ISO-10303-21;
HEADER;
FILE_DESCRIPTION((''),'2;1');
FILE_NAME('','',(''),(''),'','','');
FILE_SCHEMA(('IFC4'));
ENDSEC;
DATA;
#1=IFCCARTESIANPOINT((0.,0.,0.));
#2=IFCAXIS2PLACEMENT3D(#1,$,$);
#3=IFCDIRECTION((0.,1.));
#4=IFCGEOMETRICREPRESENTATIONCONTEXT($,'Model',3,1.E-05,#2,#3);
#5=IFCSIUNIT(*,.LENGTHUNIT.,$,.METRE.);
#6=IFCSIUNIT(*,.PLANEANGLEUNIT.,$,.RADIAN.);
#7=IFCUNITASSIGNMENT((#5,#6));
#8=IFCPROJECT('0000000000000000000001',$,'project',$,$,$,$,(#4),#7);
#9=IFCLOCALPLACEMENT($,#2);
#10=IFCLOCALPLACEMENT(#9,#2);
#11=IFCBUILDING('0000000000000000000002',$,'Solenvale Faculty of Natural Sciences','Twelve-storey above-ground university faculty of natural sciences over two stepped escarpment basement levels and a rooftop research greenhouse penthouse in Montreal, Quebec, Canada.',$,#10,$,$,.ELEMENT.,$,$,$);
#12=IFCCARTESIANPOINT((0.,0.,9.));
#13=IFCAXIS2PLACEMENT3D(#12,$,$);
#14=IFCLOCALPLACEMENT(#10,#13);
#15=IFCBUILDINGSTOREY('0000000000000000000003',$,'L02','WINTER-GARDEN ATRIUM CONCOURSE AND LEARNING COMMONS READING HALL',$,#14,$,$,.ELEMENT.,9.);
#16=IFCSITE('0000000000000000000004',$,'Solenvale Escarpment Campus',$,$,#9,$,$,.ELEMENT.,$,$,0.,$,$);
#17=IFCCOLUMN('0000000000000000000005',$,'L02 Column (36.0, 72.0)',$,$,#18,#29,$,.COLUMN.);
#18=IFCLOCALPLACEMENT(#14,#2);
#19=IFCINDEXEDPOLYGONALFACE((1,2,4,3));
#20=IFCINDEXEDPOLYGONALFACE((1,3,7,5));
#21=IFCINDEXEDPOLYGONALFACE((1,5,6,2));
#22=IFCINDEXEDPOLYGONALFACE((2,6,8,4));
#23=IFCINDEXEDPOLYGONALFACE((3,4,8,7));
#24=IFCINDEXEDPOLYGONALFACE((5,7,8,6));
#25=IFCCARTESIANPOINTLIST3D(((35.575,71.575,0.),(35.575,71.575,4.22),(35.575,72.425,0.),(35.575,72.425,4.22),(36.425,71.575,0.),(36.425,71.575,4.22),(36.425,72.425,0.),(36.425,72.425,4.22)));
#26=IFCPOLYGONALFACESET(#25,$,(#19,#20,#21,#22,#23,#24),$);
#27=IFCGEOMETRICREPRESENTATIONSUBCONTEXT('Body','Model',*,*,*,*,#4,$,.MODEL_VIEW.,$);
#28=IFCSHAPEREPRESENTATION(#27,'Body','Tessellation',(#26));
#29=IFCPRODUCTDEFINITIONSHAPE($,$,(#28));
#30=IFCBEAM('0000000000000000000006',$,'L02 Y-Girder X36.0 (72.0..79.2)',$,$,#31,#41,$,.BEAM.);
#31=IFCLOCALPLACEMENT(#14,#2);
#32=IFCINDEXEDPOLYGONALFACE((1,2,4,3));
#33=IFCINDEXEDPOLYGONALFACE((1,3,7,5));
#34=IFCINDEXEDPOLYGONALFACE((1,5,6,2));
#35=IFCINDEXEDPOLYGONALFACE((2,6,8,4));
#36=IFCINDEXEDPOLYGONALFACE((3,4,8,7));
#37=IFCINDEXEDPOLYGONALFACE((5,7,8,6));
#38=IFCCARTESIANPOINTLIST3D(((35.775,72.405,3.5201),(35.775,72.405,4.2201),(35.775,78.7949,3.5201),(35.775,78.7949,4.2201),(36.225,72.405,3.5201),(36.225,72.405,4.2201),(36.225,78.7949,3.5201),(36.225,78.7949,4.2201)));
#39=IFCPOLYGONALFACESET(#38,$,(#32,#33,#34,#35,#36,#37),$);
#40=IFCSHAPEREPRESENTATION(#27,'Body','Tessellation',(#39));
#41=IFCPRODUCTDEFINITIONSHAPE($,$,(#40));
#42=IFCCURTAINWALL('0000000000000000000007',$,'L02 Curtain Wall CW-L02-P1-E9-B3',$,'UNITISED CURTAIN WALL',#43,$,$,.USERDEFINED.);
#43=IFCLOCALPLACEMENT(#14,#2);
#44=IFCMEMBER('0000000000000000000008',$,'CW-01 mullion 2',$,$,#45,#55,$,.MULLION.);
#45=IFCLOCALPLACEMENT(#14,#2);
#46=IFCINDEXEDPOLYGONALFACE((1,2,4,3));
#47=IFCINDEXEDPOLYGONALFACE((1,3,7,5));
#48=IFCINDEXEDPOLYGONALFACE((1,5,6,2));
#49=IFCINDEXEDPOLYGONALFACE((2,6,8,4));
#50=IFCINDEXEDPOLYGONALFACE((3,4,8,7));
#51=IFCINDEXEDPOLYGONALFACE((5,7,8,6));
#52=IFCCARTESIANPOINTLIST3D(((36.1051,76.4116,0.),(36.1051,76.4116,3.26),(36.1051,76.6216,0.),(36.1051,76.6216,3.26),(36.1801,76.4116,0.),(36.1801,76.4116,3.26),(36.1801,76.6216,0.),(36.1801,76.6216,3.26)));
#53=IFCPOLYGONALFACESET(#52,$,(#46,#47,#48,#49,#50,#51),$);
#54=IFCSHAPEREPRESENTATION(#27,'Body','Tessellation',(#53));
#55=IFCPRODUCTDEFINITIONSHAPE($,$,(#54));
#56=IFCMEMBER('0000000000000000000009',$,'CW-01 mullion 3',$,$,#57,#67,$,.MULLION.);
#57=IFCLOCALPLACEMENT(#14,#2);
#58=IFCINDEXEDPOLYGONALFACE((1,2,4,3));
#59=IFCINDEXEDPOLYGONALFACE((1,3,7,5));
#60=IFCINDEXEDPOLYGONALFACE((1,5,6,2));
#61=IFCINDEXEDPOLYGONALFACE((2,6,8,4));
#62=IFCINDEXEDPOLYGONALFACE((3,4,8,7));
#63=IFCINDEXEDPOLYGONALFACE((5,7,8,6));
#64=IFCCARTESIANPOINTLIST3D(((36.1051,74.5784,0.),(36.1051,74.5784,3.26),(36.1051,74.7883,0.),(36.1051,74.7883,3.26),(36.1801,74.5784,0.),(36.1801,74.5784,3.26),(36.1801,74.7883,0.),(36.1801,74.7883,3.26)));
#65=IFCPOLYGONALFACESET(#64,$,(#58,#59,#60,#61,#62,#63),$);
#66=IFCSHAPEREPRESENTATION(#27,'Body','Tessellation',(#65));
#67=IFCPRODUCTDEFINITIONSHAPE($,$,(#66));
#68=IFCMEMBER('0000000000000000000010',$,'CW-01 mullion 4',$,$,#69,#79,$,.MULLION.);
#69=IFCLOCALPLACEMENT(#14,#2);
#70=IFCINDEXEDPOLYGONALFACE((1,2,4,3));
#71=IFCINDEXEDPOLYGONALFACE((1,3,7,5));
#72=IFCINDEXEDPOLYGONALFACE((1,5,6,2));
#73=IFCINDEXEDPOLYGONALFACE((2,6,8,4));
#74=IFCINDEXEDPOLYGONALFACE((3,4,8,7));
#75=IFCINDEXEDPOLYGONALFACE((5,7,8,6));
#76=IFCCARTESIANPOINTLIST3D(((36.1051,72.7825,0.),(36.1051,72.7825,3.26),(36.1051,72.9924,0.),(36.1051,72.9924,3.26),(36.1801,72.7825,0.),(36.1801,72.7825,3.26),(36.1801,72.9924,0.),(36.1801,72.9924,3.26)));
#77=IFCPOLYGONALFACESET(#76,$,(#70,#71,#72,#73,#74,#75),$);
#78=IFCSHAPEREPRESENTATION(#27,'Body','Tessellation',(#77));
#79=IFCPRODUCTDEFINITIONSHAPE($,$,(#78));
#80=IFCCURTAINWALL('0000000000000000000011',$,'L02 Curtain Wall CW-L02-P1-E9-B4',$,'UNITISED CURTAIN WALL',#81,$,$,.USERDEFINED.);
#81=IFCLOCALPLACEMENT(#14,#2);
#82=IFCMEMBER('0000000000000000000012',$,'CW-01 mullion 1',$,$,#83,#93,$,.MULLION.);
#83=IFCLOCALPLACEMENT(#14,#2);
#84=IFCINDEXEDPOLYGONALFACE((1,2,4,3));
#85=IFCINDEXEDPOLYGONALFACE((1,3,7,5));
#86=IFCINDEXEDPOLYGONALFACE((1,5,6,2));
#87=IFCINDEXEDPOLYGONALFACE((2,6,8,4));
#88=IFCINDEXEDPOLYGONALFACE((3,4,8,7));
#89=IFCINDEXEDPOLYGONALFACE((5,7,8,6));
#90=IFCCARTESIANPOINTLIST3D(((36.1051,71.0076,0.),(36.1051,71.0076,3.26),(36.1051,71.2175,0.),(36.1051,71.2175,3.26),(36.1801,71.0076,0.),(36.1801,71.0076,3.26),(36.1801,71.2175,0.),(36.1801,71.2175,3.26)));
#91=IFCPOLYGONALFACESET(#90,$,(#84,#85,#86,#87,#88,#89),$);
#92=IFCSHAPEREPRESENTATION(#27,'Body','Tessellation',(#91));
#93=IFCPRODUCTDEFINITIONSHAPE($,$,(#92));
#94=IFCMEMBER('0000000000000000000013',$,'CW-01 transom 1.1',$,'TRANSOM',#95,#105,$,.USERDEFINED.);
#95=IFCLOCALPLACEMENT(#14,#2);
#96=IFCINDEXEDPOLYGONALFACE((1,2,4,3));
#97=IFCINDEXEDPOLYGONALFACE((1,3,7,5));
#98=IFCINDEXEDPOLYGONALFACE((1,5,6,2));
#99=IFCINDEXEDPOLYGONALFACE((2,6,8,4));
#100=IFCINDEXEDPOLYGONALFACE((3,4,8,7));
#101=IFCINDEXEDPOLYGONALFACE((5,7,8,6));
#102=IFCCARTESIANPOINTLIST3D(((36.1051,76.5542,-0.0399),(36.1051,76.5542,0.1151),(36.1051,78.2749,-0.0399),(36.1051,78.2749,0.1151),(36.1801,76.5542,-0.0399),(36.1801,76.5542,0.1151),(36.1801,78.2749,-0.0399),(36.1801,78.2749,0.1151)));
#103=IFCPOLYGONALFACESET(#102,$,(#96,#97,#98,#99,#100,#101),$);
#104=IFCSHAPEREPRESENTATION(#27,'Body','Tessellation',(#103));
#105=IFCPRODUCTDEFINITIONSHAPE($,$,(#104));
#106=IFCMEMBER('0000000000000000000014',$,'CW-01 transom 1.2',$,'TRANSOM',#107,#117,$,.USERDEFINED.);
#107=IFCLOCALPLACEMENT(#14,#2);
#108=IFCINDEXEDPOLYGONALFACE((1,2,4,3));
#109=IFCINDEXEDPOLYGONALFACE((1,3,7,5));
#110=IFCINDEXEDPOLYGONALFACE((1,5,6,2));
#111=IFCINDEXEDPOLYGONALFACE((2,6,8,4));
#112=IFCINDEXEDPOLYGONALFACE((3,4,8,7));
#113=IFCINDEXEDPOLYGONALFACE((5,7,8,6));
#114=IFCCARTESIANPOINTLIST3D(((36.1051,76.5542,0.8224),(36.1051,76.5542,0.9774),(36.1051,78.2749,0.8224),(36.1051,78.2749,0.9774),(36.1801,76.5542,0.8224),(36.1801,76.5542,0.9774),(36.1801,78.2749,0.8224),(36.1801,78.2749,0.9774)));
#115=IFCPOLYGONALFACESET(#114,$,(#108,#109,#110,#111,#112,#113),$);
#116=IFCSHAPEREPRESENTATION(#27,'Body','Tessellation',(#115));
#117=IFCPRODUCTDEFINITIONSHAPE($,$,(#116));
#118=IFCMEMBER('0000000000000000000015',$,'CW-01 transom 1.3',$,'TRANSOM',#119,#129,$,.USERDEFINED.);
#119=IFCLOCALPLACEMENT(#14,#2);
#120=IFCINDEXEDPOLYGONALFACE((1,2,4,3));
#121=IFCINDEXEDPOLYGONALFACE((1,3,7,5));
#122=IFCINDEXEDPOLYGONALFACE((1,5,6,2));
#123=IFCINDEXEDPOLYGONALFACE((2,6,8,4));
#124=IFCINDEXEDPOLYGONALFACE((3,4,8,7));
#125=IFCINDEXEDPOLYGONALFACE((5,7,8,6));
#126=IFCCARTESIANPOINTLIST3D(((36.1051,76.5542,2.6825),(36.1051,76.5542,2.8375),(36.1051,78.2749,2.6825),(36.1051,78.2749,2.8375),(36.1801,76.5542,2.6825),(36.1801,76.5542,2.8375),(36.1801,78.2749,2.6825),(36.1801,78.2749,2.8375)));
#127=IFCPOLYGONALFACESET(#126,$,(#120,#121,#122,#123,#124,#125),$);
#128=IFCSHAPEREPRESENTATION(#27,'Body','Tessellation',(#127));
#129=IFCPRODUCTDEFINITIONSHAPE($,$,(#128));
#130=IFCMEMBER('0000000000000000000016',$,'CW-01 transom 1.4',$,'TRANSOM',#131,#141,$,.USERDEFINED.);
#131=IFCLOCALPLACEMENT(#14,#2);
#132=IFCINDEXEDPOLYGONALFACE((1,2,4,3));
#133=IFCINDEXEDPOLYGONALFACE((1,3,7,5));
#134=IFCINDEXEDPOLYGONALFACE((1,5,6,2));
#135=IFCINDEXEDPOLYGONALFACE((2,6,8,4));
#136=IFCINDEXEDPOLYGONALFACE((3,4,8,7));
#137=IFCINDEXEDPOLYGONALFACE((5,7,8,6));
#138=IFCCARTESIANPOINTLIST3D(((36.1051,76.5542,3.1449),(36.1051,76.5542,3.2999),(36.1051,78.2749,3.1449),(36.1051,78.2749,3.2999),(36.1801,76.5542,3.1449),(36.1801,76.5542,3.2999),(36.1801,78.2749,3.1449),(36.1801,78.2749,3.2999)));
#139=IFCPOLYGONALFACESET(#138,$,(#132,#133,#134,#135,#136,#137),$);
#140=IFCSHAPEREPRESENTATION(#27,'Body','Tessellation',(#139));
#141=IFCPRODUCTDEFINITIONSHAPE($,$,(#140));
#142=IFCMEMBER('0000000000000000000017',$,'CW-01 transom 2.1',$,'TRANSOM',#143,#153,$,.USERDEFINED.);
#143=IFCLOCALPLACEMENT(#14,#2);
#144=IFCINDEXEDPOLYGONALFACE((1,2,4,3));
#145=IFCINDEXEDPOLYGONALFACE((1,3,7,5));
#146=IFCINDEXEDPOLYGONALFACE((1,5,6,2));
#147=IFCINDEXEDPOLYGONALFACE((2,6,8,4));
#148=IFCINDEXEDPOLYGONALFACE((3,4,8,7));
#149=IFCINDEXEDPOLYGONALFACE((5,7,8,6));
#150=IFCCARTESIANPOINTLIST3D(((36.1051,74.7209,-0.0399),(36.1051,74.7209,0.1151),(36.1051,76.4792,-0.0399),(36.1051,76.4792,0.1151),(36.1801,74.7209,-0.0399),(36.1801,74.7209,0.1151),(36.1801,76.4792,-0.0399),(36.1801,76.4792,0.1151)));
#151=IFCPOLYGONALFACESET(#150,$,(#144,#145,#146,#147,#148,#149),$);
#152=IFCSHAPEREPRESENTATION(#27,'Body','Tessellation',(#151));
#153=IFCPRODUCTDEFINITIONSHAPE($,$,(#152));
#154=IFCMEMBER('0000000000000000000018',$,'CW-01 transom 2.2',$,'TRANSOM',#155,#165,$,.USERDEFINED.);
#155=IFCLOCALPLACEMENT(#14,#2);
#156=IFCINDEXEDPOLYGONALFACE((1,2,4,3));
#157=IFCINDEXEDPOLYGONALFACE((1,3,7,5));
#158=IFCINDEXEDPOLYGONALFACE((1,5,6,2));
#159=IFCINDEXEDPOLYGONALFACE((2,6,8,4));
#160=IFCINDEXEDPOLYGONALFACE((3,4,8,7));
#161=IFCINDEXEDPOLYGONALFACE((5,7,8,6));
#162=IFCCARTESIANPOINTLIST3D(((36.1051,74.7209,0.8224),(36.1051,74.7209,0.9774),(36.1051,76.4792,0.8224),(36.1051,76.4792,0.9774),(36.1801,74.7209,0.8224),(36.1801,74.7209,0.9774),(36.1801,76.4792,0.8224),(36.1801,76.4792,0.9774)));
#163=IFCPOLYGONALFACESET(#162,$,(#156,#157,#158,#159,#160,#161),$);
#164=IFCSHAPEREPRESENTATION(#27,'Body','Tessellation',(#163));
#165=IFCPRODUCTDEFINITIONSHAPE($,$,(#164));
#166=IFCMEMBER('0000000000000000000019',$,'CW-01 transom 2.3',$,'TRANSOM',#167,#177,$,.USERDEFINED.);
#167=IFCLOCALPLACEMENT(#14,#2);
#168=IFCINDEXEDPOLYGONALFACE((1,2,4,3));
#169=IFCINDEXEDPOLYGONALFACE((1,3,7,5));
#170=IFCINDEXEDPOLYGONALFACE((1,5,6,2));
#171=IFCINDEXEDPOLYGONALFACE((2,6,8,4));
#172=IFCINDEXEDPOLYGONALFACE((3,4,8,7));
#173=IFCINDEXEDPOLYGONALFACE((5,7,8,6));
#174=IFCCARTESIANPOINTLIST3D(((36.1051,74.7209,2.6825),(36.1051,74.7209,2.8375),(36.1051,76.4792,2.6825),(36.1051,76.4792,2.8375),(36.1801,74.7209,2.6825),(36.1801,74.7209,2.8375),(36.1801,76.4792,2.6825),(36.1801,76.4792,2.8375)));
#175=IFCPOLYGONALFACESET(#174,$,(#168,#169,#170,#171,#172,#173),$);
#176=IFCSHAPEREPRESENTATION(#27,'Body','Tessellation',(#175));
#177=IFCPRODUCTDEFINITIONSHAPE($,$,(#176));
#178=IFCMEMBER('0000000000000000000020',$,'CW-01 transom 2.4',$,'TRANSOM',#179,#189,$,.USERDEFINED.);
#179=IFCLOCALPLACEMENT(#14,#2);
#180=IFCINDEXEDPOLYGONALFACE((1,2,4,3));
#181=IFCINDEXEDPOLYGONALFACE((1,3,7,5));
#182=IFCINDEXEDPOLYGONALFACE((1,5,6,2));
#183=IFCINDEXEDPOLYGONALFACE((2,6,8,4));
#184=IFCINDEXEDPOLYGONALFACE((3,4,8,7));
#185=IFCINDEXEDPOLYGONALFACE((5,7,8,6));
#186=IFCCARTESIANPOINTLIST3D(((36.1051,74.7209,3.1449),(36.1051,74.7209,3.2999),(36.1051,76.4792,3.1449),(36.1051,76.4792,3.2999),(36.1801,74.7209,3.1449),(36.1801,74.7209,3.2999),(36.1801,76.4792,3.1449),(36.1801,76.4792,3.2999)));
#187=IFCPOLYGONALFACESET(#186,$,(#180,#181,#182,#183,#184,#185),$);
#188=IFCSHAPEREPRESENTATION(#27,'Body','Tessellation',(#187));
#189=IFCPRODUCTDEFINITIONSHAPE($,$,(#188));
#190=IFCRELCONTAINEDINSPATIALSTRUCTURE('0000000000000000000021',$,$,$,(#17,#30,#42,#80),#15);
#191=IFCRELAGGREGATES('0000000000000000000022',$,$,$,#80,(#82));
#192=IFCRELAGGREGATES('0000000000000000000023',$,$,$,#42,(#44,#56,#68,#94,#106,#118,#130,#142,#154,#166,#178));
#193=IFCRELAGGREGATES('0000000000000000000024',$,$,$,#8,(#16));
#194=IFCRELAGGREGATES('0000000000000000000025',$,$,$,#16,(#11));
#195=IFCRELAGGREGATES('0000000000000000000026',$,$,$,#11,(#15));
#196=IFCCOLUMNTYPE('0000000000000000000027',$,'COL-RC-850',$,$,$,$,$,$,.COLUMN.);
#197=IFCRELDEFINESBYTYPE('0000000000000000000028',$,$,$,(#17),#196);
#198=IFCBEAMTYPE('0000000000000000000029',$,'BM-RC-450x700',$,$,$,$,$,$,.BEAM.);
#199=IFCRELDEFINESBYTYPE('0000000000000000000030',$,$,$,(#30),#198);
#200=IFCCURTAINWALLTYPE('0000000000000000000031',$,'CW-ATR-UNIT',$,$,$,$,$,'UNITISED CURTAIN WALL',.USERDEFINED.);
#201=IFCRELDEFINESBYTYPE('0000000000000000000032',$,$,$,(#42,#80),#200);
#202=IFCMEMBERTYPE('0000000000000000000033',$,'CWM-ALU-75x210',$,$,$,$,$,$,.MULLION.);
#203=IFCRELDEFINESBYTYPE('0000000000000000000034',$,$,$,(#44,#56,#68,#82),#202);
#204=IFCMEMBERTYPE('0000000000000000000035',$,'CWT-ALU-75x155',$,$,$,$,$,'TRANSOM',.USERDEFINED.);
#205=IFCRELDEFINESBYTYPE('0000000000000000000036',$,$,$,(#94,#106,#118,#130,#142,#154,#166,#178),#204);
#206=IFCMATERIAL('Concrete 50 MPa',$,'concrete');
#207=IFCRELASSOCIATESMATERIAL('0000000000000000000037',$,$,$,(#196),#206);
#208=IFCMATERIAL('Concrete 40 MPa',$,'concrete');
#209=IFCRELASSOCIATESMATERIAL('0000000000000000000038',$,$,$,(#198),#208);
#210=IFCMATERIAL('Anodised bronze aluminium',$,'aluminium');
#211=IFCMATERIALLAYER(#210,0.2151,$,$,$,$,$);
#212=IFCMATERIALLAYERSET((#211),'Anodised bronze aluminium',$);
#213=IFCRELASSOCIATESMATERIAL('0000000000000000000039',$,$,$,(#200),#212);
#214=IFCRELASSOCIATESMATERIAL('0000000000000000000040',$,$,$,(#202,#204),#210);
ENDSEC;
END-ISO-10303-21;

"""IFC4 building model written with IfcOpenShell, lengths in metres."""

from ifc_helpers import new_model, si_unit, direction, frame, origin, origin_2d, place, context, subcontext, project, spatial, rectangle, extrude, material, layer, layer_set, material_profile, profile_set, type_object, element, aggregate, save


model = new_model("IFC4")

# Units and contexts
model_context = context("Model", 3, precision=1e-05, world=origin(), true_north=direction((0.0, 1.0)))
body_context = subcontext(model_context, "Body", "Model", "MODEL_VIEW")
ifc_project = project(units=[si_unit("LENGTHUNIT", "METRE"), si_unit("PLANEANGLEUNIT", "RADIAN")], contexts=[model_context])

# Site, building, storey
site_placement = place(None, origin())
site = spatial("IfcSite", under=ifc_project, at=site_placement, Name="Solenvale Escarpment Campus", CompositionType="ELEMENT", RefElevation=0.0)
building_placement = place(site_placement, origin())
building = spatial("IfcBuilding", under=site, at=building_placement, Name="Solenvale Faculty of Natural Sciences", Description="Twelve-storey above-ground university faculty of natural sciences over two stepped escarpment basement levels and a rooftop research greenhouse penthouse in Montreal, Quebec, Canada.", CompositionType="ELEMENT")
storey_placement = place(building_placement, frame((0.0, 0.0, 9.0)))
storey = spatial("IfcBuildingStorey", under=building, at=storey_placement, Name="L02", Description="WINTER-GARDEN ATRIUM CONCOURSE AND LEARNING COMMONS READING HALL", CompositionType="ELEMENT", Elevation=9.0)

# Column
ifc_material_1 = material(Name="Concrete 50 MPa", Category="concrete")
ifc_material_profile_1 = material_profile(ifc_material_1, rectangle(XDim=0.8501, YDim=0.8501, at=origin_2d()), Name="RC-COL-850x850")
ifc_profile_set_1 = profile_set([ifc_material_profile_1], Name="Concrete 50 MPa")
column_type = type_object("IfcColumnType", Name="COL-RC-850", PredefinedType="COLUMN", material=ifc_profile_set_1)
column_placement = place(storey_placement, frame((36.0, 72.0, 0.0), z_axis=(0.0, 0.0, 1.0), x_axis=(1.0, 0.0, 0.0)))
element("IfcColumn", 1, at=column_placement, inside=storey, type_object=column_type, Name="L02 Column (36.0, 72.0)", PredefinedType="COLUMN", context=body_context, shape_type="SweptSolid", body=[
    extrude(rectangle(XDim=0.8501, YDim=0.8501, at=origin_2d()), origin(), (0.0, 0.0, 1.0), 4.22),
])

# Beam
ifc_material_2 = material(Name="Concrete 40 MPa", Category="concrete")
ifc_material_profile_2 = material_profile(ifc_material_2, rectangle(XDim=0.45, YDim=0.7, at=origin_2d()), Name="RC-BM-450x700")
ifc_profile_set_2 = profile_set([ifc_material_profile_2], Name="Concrete 40 MPa")
beam_type = type_object("IfcBeamType", Name="BM-RC-450x700", PredefinedType="BEAM", material=ifc_profile_set_2)
beam_placement = place(storey_placement, frame((36.0, 72.405, 3.8701), z_axis=(0.0, 1.0, 0.0), x_axis=(-1.0, 0.0, 0.0)))
element("IfcBeam", 2, at=beam_placement, inside=storey, type_object=beam_type, Name="L02 Y-Girder X36.0 (72.0..79.2)", PredefinedType="BEAM", context=body_context, shape_type="SweptSolid", body=[
    extrude(rectangle(XDim=0.45, YDim=0.7, at=origin_2d()), origin(), (0.0, 0.0, 1.0), 6.3899),
])

# Curtain wall, members
ifc_material_3 = material(Name="Anodised bronze aluminium", Category="aluminium")
ifc_layer_1 = layer(ifc_material_3, 0.2151)
ifc_layer_set_1 = layer_set([ifc_layer_1], Name="Anodised bronze aluminium")
curtain_wall_type = type_object("IfcCurtainWallType", Name="CW-ATR-UNIT", ElementType="UNITISED CURTAIN WALL", PredefinedType="USERDEFINED", material=ifc_layer_set_1)
curtain_wall_1_placement = place(storey_placement, origin())
curtain_wall_1 = element("IfcCurtainWall", 3, at=curtain_wall_1_placement, inside=storey, type_object=curtain_wall_type, Name="L02 Curtain Wall CW-L02-P1-E9-B3", ObjectType="UNITISED CURTAIN WALL", PredefinedType="USERDEFINED")
ifc_material_profile_3 = material_profile(ifc_material_3, rectangle(XDim=0.075, YDim=0.21, at=origin_2d()), Name="ALU-MUL-75x210")
ifc_profile_set_3 = profile_set([ifc_material_profile_3], Name="Anodised bronze aluminium")
member_type_1 = type_object("IfcMemberType", Name="CWM-ALU-75x210", PredefinedType="MULLION", material=ifc_profile_set_3)
member_1_placement = place(storey_placement, frame((36.1426, 76.5166, 0.0), z_axis=(0.0, 0.0, 1.0), x_axis=(1.0, 0.0, 0.0)))
member_1 = element("IfcMember", 4, at=member_1_placement, type_object=member_type_1, Name="CW-01 mullion 2", PredefinedType="MULLION", context=body_context, shape_type="SweptSolid", body=[
    extrude(rectangle(XDim=0.075, YDim=0.21, at=origin_2d()), origin(), (0.0, 0.0, 1.0), 3.26),
])
member_2_placement = place(storey_placement, frame((36.1426, 74.6833, 0.0), z_axis=(0.0, 0.0, 1.0), x_axis=(1.0, 0.0, 0.0)))
member_2 = element("IfcMember", 5, at=member_2_placement, type_object=member_type_1, Name="CW-01 mullion 3", PredefinedType="MULLION", context=body_context, shape_type="SweptSolid", body=[
    extrude(rectangle(XDim=0.075, YDim=0.21, at=origin_2d()), origin(), (0.0, 0.0, 1.0), 3.26),
])
member_3_placement = place(storey_placement, frame((36.1426, 72.8875, 0.0), z_axis=(0.0, 0.0, 1.0), x_axis=(1.0, 0.0, 0.0)))
member_3 = element("IfcMember", 6, at=member_3_placement, type_object=member_type_1, Name="CW-01 mullion 4", PredefinedType="MULLION", context=body_context, shape_type="SweptSolid", body=[
    extrude(rectangle(XDim=0.075, YDim=0.21, at=origin_2d()), origin(), (0.0, 0.0, 1.0), 3.26),
])

# Curtain wall, member
curtain_wall_2_placement = place(storey_placement, origin())
curtain_wall_2 = element("IfcCurtainWall", 7, at=curtain_wall_2_placement, inside=storey, type_object=curtain_wall_type, Name="L02 Curtain Wall CW-L02-P1-E9-B4", ObjectType="UNITISED CURTAIN WALL", PredefinedType="USERDEFINED")
member_4_placement = place(storey_placement, frame((36.1426, 71.1125, 0.0), z_axis=(0.0, 0.0, 1.0), x_axis=(1.0, 0.0, 0.0)))
member_4 = element("IfcMember", 8, at=member_4_placement, type_object=member_type_1, Name="CW-01 mullion 1", PredefinedType="MULLION", context=body_context, shape_type="SweptSolid", body=[
    extrude(rectangle(XDim=0.075, YDim=0.21, at=origin_2d()), origin(), (0.0, 0.0, 1.0), 3.26),
])

# Members
ifc_material_profile_4 = material_profile(ifc_material_3, rectangle(XDim=0.075, YDim=0.155, at=origin_2d()), Name="ALU-TRN-75x155")
ifc_profile_set_4 = profile_set([ifc_material_profile_4], Name="Anodised bronze aluminium")
member_type_2 = type_object("IfcMemberType", Name="CWT-ALU-75x155", ElementType="TRANSOM", PredefinedType="USERDEFINED", material=ifc_profile_set_4)
member_5_placement = place(storey_placement, frame((36.1426, 78.2749, 0.0376), z_axis=(0.0, -1.0, 0.0), x_axis=(1.0, 0.0, 0.0)))
member_5 = element("IfcMember", 9, at=member_5_placement, type_object=member_type_2, Name="CW-01 transom 1.1", ObjectType="TRANSOM", PredefinedType="USERDEFINED", context=body_context, shape_type="SweptSolid", body=[
    extrude(rectangle(XDim=0.075, YDim=0.155, at=origin_2d()), origin(), (0.0, 0.0, 1.0), 1.7207),
])
member_6_placement = place(storey_placement, frame((36.1426, 78.2749, 0.8999), z_axis=(0.0, -1.0, 0.0), x_axis=(1.0, 0.0, 0.0)))
member_6 = element("IfcMember", 10, at=member_6_placement, type_object=member_type_2, Name="CW-01 transom 1.2", ObjectType="TRANSOM", PredefinedType="USERDEFINED", context=body_context, shape_type="SweptSolid", body=[
    extrude(rectangle(XDim=0.075, YDim=0.155, at=origin_2d()), origin(), (0.0, 0.0, 1.0), 1.7207),
])
member_7_placement = place(storey_placement, frame((36.1426, 78.2749, 2.76), z_axis=(0.0, -1.0, 0.0), x_axis=(1.0, 0.0, 0.0)))
member_7 = element("IfcMember", 11, at=member_7_placement, type_object=member_type_2, Name="CW-01 transom 1.3", ObjectType="TRANSOM", PredefinedType="USERDEFINED", context=body_context, shape_type="SweptSolid", body=[
    extrude(rectangle(XDim=0.075, YDim=0.155, at=origin_2d()), origin(), (0.0, 0.0, 1.0), 1.7207),
])
member_8_placement = place(storey_placement, frame((36.1426, 78.2749, 3.2224), z_axis=(0.0, -1.0, 0.0), x_axis=(1.0, 0.0, 0.0)))
member_8 = element("IfcMember", 12, at=member_8_placement, type_object=member_type_2, Name="CW-01 transom 1.4", ObjectType="TRANSOM", PredefinedType="USERDEFINED", context=body_context, shape_type="SweptSolid", body=[
    extrude(rectangle(XDim=0.075, YDim=0.155, at=origin_2d()), origin(), (0.0, 0.0, 1.0), 1.7207),
])
member_9_placement = place(storey_placement, frame((36.1426, 76.4792, 0.0376), z_axis=(0.0, -1.0, 0.0), x_axis=(1.0, 0.0, 0.0)))
member_9 = element("IfcMember", 13, at=member_9_placement, type_object=member_type_2, Name="CW-01 transom 2.1", ObjectType="TRANSOM", PredefinedType="USERDEFINED", context=body_context, shape_type="SweptSolid", body=[
    extrude(rectangle(XDim=0.075, YDim=0.155, at=origin_2d()), origin(), (0.0, 0.0, 1.0), 1.7583),
])
member_10_placement = place(storey_placement, frame((36.1426, 76.4792, 0.8999), z_axis=(0.0, -1.0, 0.0), x_axis=(1.0, 0.0, 0.0)))
member_10 = element("IfcMember", 14, at=member_10_placement, type_object=member_type_2, Name="CW-01 transom 2.2", ObjectType="TRANSOM", PredefinedType="USERDEFINED", context=body_context, shape_type="SweptSolid", body=[
    extrude(rectangle(XDim=0.075, YDim=0.155, at=origin_2d()), origin(), (0.0, 0.0, 1.0), 1.7583),
])
member_11_placement = place(storey_placement, frame((36.1426, 76.4792, 2.76), z_axis=(0.0, -1.0, 0.0), x_axis=(1.0, 0.0, 0.0)))
member_11 = element("IfcMember", 15, at=member_11_placement, type_object=member_type_2, Name="CW-01 transom 2.3", ObjectType="TRANSOM", PredefinedType="USERDEFINED", context=body_context, shape_type="SweptSolid", body=[
    extrude(rectangle(XDim=0.075, YDim=0.155, at=origin_2d()), origin(), (0.0, 0.0, 1.0), 1.7583),
])
member_12_placement = place(storey_placement, frame((36.1426, 76.4792, 3.2224), z_axis=(0.0, -1.0, 0.0), x_axis=(1.0, 0.0, 0.0)))
member_12 = element("IfcMember", 16, at=member_12_placement, type_object=member_type_2, Name="CW-01 transom 2.4", ObjectType="TRANSOM", PredefinedType="USERDEFINED", context=body_context, shape_type="SweptSolid", body=[
    extrude(rectangle(XDim=0.075, YDim=0.155, at=origin_2d()), origin(), (0.0, 0.0, 1.0), 1.7583),
])
aggregate(curtain_wall_2, [member_4])

aggregate(curtain_wall_1, [member_1, member_2, member_3, member_5, member_6, member_7, member_8, member_9, member_10, member_11, member_12])

save(model, "model.ifc")
